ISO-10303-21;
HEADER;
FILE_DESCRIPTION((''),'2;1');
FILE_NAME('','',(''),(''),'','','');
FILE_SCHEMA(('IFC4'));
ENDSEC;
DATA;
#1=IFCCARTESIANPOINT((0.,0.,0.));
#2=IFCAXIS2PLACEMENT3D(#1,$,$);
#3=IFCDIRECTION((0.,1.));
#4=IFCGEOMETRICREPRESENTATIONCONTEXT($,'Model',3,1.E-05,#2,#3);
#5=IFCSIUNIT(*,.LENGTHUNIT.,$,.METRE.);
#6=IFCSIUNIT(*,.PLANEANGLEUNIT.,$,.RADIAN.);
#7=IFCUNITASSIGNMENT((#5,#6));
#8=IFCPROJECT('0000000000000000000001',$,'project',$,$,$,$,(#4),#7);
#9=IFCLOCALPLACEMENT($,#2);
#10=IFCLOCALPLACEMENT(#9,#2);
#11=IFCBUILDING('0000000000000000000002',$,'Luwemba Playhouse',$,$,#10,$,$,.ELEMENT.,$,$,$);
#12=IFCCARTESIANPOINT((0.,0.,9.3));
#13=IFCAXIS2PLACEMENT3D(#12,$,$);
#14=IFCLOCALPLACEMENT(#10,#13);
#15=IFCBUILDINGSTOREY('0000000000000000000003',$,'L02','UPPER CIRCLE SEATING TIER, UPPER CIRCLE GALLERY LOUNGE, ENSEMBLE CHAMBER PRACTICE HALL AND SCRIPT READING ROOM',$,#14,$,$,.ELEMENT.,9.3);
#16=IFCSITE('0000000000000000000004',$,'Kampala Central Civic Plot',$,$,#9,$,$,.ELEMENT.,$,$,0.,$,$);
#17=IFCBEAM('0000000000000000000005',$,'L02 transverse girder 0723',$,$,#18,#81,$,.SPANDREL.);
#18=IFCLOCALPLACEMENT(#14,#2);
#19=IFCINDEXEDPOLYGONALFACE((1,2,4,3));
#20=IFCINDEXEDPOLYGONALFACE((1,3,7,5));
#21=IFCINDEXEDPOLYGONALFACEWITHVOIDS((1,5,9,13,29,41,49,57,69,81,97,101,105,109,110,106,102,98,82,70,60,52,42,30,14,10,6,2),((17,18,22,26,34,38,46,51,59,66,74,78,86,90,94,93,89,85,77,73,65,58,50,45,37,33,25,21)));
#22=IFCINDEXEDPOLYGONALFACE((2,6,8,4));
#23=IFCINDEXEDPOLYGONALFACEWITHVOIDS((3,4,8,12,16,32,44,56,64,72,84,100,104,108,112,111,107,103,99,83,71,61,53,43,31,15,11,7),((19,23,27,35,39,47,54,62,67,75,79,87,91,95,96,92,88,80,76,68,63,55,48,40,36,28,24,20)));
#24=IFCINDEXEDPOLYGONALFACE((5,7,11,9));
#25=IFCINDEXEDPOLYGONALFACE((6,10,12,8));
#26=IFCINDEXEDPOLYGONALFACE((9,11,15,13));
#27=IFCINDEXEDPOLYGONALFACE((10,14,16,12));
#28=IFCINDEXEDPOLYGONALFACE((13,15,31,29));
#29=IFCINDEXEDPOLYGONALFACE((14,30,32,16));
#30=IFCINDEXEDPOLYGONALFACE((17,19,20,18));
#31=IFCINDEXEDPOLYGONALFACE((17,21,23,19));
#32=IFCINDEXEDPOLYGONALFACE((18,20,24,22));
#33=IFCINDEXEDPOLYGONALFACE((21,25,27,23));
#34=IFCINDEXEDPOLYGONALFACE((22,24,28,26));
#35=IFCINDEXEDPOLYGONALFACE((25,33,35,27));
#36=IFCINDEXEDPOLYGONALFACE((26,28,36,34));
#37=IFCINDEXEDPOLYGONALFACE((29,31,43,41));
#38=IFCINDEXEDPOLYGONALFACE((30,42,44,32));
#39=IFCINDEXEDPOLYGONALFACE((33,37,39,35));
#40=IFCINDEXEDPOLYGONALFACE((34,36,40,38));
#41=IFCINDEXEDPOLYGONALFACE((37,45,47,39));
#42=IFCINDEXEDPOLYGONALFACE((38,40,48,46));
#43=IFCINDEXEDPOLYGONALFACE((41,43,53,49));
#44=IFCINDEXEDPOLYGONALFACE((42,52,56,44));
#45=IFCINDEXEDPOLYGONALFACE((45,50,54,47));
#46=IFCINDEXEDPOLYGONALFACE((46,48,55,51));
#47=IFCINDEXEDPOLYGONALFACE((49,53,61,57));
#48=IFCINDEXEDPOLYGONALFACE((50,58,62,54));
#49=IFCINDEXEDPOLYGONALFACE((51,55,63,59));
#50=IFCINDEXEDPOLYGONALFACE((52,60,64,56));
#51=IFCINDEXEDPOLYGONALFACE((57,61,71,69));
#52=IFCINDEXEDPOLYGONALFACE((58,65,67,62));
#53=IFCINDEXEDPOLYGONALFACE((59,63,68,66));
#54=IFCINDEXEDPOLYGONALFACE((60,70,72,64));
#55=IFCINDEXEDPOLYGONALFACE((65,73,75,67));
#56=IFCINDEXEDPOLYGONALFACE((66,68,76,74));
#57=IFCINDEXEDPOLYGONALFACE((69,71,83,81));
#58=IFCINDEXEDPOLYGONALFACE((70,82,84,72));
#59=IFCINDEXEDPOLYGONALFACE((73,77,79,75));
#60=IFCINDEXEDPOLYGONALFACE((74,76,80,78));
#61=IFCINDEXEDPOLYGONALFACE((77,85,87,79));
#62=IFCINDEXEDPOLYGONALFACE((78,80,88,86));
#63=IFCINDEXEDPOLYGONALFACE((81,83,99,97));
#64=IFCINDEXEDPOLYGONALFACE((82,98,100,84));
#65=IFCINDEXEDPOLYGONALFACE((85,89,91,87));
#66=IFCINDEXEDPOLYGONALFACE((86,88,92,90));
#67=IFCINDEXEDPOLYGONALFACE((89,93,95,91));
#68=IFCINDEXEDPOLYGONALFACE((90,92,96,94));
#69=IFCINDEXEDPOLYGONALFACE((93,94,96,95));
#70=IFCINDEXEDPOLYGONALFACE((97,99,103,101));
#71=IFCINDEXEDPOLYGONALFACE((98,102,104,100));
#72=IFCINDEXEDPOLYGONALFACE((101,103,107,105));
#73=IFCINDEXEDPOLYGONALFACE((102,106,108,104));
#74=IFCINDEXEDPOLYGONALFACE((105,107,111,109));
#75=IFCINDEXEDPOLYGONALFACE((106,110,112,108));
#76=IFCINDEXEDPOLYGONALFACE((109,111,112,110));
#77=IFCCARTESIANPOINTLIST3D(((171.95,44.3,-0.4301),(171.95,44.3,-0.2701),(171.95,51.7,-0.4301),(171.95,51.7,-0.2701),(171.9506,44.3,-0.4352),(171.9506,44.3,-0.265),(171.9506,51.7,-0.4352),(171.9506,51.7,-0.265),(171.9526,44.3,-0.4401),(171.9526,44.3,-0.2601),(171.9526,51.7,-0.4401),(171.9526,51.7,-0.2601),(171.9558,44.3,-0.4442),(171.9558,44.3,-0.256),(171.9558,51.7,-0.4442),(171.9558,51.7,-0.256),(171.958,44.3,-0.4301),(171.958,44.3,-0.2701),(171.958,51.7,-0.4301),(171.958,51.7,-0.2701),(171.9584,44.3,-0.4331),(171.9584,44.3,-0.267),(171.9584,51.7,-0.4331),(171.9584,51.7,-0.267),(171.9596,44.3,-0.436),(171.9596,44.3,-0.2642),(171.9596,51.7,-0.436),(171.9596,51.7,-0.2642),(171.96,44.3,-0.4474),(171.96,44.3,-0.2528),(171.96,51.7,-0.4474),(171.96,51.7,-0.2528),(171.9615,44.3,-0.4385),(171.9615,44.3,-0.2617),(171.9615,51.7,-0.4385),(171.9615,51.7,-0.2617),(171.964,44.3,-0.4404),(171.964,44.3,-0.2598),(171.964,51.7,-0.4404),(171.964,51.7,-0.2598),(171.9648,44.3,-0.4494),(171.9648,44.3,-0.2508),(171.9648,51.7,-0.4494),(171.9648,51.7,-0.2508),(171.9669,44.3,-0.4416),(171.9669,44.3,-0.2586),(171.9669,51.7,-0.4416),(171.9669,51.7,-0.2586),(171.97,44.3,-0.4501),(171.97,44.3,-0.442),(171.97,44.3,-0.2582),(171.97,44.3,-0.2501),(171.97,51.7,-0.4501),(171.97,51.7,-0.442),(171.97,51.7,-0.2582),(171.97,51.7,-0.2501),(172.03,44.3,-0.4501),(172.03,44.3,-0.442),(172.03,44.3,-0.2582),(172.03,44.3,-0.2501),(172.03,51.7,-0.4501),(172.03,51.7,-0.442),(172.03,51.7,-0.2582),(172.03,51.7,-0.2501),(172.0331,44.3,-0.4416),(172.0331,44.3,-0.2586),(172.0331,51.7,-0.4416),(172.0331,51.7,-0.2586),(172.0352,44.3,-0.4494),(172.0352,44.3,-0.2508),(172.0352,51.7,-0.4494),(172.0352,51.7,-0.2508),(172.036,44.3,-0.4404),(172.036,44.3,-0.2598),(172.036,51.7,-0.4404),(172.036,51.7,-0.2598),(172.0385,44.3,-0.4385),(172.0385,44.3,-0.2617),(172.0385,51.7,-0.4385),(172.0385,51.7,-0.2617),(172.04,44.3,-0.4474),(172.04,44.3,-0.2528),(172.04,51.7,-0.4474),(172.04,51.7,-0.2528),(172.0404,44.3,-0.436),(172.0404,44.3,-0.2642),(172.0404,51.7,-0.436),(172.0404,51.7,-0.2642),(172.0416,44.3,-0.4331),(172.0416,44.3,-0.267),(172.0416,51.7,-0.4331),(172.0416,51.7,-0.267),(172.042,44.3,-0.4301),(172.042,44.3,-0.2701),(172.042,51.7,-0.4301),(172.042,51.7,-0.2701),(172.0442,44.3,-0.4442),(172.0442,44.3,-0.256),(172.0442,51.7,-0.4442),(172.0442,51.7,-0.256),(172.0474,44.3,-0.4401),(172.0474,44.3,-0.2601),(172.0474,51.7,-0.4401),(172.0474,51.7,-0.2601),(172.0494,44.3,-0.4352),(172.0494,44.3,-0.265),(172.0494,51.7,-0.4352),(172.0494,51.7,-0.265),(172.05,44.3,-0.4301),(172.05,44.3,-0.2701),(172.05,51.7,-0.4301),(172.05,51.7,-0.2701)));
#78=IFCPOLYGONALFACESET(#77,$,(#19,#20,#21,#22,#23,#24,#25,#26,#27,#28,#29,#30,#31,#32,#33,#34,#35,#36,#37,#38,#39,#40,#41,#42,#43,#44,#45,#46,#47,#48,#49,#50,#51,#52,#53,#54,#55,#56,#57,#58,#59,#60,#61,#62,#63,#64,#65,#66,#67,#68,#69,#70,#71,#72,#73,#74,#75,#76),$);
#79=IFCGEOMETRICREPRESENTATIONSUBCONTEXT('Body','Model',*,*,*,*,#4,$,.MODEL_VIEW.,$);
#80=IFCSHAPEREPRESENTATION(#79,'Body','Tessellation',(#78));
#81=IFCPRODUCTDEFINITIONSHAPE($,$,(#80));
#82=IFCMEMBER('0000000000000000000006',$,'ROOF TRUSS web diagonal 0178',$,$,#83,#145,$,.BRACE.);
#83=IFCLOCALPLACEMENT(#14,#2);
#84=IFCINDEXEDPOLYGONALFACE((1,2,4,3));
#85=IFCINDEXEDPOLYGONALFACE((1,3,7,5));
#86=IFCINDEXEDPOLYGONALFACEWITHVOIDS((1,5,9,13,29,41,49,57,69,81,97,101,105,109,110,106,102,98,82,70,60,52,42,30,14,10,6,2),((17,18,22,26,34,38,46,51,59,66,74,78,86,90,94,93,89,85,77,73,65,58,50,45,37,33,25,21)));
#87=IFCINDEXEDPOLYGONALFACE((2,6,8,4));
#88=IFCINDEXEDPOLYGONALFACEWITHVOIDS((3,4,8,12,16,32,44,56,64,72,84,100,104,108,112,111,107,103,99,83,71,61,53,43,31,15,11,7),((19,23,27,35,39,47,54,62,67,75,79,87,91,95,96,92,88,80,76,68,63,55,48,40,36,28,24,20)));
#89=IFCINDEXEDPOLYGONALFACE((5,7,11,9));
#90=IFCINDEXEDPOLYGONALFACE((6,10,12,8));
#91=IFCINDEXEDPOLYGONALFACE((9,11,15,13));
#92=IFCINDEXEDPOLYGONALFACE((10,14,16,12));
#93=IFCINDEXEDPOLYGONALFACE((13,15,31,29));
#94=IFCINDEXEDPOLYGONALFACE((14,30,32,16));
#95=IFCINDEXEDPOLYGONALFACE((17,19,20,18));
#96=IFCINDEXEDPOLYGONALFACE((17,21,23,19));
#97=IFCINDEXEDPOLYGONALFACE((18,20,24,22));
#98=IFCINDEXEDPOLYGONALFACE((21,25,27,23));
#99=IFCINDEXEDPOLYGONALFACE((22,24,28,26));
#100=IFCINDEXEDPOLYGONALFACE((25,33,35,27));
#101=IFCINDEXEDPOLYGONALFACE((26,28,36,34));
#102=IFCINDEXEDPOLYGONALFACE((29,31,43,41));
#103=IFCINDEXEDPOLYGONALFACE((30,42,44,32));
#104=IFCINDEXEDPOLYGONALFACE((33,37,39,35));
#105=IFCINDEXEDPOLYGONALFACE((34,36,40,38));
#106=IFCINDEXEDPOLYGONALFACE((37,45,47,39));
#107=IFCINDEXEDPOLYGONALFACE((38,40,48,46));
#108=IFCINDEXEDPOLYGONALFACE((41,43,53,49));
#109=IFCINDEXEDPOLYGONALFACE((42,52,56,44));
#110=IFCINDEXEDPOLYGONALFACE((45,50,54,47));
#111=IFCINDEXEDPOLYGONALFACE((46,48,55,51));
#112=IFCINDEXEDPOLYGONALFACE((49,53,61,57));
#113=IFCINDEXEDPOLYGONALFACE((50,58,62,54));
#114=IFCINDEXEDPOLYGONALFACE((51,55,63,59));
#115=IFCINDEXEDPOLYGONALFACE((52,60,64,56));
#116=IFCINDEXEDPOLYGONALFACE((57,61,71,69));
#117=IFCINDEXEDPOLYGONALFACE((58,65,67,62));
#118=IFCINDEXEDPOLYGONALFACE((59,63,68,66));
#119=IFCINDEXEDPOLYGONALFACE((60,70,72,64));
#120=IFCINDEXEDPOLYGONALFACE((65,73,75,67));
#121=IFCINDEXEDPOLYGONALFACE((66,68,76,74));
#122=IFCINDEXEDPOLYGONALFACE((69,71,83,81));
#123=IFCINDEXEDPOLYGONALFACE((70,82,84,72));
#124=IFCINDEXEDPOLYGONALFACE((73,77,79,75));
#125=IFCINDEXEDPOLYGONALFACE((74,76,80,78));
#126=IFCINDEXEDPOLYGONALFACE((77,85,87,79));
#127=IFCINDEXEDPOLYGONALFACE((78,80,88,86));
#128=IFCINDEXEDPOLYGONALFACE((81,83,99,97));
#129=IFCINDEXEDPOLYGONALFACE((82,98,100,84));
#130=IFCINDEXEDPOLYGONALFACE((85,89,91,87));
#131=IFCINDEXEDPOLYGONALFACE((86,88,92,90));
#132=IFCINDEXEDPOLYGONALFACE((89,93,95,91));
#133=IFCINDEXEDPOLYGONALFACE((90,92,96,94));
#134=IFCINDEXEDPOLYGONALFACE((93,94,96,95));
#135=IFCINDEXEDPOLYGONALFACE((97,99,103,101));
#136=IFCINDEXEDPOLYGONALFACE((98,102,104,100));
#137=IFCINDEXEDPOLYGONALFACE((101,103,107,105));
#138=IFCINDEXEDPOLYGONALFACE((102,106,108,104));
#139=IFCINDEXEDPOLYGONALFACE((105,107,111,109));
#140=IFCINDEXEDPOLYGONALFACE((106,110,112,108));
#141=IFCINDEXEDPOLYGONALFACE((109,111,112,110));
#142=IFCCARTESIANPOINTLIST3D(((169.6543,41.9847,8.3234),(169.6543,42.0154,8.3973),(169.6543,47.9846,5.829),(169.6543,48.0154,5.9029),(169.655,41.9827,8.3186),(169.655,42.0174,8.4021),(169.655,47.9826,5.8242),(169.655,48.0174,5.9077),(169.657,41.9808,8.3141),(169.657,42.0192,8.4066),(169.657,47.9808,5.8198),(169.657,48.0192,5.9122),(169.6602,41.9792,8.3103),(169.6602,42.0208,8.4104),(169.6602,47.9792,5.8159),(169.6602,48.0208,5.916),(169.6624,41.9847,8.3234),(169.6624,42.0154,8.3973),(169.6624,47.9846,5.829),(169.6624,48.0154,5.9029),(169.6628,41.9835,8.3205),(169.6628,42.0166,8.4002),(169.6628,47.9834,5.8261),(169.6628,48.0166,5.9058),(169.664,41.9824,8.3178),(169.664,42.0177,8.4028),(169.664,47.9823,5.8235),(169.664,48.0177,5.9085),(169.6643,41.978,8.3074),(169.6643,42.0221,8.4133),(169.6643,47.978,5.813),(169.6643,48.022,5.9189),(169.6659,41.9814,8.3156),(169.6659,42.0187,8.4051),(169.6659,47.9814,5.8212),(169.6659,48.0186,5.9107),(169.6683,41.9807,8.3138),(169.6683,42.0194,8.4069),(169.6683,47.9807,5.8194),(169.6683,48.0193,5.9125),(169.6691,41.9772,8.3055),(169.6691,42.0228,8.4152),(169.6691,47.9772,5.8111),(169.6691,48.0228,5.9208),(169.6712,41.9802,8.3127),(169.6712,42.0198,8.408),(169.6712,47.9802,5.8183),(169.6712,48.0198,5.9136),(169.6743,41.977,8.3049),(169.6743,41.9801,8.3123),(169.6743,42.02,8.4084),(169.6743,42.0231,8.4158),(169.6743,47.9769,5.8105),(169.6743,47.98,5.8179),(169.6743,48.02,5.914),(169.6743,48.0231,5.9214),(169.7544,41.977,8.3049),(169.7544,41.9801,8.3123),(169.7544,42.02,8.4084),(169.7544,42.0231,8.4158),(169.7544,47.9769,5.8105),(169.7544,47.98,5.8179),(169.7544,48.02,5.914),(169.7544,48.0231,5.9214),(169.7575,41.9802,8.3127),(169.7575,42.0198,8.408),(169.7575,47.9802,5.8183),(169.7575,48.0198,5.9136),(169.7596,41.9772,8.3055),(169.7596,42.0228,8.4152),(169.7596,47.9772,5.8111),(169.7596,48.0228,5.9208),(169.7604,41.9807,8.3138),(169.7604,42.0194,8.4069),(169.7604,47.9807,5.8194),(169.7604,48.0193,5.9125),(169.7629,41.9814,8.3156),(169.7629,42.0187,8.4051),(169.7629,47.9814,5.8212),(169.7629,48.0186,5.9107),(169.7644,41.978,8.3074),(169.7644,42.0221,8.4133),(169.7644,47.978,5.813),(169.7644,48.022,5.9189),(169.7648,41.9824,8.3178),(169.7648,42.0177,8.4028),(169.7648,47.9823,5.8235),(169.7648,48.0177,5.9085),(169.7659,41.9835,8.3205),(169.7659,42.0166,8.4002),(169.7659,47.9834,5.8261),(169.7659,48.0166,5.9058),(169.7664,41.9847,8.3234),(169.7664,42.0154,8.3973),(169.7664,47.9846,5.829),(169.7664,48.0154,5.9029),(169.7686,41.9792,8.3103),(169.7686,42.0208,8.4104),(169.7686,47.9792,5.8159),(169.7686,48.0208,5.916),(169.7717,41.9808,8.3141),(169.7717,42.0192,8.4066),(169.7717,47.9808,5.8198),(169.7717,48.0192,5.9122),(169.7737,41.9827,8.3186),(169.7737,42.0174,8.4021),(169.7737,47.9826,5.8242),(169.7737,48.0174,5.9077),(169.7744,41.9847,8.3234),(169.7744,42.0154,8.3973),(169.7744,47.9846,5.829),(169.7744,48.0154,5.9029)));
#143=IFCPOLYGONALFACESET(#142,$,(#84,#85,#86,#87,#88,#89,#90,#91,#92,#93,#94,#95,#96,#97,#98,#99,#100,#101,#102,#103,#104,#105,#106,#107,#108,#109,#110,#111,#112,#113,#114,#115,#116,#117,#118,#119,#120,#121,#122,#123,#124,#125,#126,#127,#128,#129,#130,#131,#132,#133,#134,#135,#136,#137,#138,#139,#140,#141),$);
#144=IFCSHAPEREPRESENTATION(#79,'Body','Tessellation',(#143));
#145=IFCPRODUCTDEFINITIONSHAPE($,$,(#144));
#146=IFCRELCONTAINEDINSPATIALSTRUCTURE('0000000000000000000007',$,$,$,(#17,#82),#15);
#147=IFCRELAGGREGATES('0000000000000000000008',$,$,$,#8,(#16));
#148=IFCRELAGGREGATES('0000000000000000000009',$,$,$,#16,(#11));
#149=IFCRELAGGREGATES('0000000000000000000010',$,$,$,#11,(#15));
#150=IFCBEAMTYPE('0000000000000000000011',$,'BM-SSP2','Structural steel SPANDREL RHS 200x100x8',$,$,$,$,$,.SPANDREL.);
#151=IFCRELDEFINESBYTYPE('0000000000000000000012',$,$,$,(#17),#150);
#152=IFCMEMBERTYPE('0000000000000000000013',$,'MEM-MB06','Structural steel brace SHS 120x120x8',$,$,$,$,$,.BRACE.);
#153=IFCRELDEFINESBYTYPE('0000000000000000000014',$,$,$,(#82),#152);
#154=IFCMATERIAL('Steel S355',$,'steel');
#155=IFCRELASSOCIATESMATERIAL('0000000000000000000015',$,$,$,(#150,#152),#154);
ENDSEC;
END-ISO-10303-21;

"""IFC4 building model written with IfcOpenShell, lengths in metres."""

from ifc_helpers import new_model, si_unit, direction, frame, origin, origin_2d, place, context, subcontext, project, spatial, hollow_rectangle, extrude, material, material_profile, profile_set, type_object, element, save


model = new_model("IFC4")

# Units and contexts
model_context = context("Model", 3, precision=1e-05, world=origin(), true_north=direction((0.0, 1.0)))
body_context = subcontext(model_context, "Body", "Model", "MODEL_VIEW")
ifc_project = project(units=[si_unit("LENGTHUNIT", "METRE"), si_unit("PLANEANGLEUNIT", "RADIAN")], contexts=[model_context])

# Site, building, storey
site_placement = place(None, origin())
site = spatial("IfcSite", under=ifc_project, at=site_placement, Name="Kampala Central Civic Plot", CompositionType="ELEMENT", RefElevation=0.0)
building_placement = place(site_placement, origin())
building = spatial("IfcBuilding", under=site, at=building_placement, Name="Luwemba Playhouse", CompositionType="ELEMENT")
storey_placement = place(building_placement, frame((0.0, 0.0, 9.3)))
storey = spatial("IfcBuildingStorey", under=building, at=storey_placement, Name="L02", Description="UPPER CIRCLE SEATING TIER, UPPER CIRCLE GALLERY LOUNGE, ENSEMBLE CHAMBER PRACTICE HALL AND SCRIPT READING ROOM", CompositionType="ELEMENT", Elevation=9.3)

# Beam
ifc_material_1 = material(Name="Steel S355", Category="steel")
ifc_material_profile_1 = material_profile(ifc_material_1, hollow_rectangle(XDim=0.1001, YDim=0.2, WallThickness=0.0081, InnerFilletRadius=0.012, OuterFilletRadius=0.02, at=origin_2d()))
ifc_profile_set_1 = profile_set([ifc_material_profile_1], Name="Steel S355")
beam_type_1 = type_object("IfcBeamType", Name="BM-SSP2", Description="Structural steel SPANDREL RHS 200x100x8", PredefinedType="SPANDREL", material=ifc_profile_set_1)
beam_1_placement = place(storey_placement, frame((172.0, 44.3, -0.3501), z_axis=(0.0, 1.0, 0.0), x_axis=(-1.0, 0.0, 0.0)))
element("IfcBeam", 1, at=beam_1_placement, inside=storey, type_object=beam_type_1, Name="L02 transverse girder 0723", PredefinedType="SPANDREL", context=body_context, shape_type="SweptSolid", body=[
    extrude(hollow_rectangle(XDim=0.1001, YDim=0.2, WallThickness=0.0081, InnerFilletRadius=0.012, OuterFilletRadius=0.02, at=origin_2d()), origin(), (0.0, 0.0, 1.0), 7.3999),
])

# Member
ifc_material_profile_2 = material_profile(ifc_material_1, hollow_rectangle(XDim=0.1201, YDim=0.1201, WallThickness=0.0081, InnerFilletRadius=0.012, OuterFilletRadius=0.02, at=origin_2d()))
ifc_profile_set_2 = profile_set([ifc_material_profile_2], Name="Steel S355")
member_type_1 = type_object("IfcMemberType", Name="MEM-MB06", Description="Structural steel brace SHS 120x120x8", PredefinedType="BRACE", material=ifc_profile_set_2)
for number, where, z_axis, x_axis, name in (
    (2, (169.7144, 48.0, 5.866), (0.0, -0.923383, 0.383879), (1.0, 0.0, 0.0), "ROOF TRUSS web diagonal 0178"),
):
    element("IfcMember", number, at=place(storey_placement, frame(where, z_axis=z_axis, x_axis=x_axis)), inside=storey, type_object=member_type_1, Name=name, PredefinedType="BRACE", context=body_context, shape_type="SweptSolid", body=[
        extrude(hollow_rectangle(XDim=0.1201, YDim=0.1201, WallThickness=0.0081, InnerFilletRadius=0.012, OuterFilletRadius=0.02, at=origin_2d()), origin(), (0.0, 0.0, 1.0), 6.4978),
    ])

save(model, "model.ifc")
